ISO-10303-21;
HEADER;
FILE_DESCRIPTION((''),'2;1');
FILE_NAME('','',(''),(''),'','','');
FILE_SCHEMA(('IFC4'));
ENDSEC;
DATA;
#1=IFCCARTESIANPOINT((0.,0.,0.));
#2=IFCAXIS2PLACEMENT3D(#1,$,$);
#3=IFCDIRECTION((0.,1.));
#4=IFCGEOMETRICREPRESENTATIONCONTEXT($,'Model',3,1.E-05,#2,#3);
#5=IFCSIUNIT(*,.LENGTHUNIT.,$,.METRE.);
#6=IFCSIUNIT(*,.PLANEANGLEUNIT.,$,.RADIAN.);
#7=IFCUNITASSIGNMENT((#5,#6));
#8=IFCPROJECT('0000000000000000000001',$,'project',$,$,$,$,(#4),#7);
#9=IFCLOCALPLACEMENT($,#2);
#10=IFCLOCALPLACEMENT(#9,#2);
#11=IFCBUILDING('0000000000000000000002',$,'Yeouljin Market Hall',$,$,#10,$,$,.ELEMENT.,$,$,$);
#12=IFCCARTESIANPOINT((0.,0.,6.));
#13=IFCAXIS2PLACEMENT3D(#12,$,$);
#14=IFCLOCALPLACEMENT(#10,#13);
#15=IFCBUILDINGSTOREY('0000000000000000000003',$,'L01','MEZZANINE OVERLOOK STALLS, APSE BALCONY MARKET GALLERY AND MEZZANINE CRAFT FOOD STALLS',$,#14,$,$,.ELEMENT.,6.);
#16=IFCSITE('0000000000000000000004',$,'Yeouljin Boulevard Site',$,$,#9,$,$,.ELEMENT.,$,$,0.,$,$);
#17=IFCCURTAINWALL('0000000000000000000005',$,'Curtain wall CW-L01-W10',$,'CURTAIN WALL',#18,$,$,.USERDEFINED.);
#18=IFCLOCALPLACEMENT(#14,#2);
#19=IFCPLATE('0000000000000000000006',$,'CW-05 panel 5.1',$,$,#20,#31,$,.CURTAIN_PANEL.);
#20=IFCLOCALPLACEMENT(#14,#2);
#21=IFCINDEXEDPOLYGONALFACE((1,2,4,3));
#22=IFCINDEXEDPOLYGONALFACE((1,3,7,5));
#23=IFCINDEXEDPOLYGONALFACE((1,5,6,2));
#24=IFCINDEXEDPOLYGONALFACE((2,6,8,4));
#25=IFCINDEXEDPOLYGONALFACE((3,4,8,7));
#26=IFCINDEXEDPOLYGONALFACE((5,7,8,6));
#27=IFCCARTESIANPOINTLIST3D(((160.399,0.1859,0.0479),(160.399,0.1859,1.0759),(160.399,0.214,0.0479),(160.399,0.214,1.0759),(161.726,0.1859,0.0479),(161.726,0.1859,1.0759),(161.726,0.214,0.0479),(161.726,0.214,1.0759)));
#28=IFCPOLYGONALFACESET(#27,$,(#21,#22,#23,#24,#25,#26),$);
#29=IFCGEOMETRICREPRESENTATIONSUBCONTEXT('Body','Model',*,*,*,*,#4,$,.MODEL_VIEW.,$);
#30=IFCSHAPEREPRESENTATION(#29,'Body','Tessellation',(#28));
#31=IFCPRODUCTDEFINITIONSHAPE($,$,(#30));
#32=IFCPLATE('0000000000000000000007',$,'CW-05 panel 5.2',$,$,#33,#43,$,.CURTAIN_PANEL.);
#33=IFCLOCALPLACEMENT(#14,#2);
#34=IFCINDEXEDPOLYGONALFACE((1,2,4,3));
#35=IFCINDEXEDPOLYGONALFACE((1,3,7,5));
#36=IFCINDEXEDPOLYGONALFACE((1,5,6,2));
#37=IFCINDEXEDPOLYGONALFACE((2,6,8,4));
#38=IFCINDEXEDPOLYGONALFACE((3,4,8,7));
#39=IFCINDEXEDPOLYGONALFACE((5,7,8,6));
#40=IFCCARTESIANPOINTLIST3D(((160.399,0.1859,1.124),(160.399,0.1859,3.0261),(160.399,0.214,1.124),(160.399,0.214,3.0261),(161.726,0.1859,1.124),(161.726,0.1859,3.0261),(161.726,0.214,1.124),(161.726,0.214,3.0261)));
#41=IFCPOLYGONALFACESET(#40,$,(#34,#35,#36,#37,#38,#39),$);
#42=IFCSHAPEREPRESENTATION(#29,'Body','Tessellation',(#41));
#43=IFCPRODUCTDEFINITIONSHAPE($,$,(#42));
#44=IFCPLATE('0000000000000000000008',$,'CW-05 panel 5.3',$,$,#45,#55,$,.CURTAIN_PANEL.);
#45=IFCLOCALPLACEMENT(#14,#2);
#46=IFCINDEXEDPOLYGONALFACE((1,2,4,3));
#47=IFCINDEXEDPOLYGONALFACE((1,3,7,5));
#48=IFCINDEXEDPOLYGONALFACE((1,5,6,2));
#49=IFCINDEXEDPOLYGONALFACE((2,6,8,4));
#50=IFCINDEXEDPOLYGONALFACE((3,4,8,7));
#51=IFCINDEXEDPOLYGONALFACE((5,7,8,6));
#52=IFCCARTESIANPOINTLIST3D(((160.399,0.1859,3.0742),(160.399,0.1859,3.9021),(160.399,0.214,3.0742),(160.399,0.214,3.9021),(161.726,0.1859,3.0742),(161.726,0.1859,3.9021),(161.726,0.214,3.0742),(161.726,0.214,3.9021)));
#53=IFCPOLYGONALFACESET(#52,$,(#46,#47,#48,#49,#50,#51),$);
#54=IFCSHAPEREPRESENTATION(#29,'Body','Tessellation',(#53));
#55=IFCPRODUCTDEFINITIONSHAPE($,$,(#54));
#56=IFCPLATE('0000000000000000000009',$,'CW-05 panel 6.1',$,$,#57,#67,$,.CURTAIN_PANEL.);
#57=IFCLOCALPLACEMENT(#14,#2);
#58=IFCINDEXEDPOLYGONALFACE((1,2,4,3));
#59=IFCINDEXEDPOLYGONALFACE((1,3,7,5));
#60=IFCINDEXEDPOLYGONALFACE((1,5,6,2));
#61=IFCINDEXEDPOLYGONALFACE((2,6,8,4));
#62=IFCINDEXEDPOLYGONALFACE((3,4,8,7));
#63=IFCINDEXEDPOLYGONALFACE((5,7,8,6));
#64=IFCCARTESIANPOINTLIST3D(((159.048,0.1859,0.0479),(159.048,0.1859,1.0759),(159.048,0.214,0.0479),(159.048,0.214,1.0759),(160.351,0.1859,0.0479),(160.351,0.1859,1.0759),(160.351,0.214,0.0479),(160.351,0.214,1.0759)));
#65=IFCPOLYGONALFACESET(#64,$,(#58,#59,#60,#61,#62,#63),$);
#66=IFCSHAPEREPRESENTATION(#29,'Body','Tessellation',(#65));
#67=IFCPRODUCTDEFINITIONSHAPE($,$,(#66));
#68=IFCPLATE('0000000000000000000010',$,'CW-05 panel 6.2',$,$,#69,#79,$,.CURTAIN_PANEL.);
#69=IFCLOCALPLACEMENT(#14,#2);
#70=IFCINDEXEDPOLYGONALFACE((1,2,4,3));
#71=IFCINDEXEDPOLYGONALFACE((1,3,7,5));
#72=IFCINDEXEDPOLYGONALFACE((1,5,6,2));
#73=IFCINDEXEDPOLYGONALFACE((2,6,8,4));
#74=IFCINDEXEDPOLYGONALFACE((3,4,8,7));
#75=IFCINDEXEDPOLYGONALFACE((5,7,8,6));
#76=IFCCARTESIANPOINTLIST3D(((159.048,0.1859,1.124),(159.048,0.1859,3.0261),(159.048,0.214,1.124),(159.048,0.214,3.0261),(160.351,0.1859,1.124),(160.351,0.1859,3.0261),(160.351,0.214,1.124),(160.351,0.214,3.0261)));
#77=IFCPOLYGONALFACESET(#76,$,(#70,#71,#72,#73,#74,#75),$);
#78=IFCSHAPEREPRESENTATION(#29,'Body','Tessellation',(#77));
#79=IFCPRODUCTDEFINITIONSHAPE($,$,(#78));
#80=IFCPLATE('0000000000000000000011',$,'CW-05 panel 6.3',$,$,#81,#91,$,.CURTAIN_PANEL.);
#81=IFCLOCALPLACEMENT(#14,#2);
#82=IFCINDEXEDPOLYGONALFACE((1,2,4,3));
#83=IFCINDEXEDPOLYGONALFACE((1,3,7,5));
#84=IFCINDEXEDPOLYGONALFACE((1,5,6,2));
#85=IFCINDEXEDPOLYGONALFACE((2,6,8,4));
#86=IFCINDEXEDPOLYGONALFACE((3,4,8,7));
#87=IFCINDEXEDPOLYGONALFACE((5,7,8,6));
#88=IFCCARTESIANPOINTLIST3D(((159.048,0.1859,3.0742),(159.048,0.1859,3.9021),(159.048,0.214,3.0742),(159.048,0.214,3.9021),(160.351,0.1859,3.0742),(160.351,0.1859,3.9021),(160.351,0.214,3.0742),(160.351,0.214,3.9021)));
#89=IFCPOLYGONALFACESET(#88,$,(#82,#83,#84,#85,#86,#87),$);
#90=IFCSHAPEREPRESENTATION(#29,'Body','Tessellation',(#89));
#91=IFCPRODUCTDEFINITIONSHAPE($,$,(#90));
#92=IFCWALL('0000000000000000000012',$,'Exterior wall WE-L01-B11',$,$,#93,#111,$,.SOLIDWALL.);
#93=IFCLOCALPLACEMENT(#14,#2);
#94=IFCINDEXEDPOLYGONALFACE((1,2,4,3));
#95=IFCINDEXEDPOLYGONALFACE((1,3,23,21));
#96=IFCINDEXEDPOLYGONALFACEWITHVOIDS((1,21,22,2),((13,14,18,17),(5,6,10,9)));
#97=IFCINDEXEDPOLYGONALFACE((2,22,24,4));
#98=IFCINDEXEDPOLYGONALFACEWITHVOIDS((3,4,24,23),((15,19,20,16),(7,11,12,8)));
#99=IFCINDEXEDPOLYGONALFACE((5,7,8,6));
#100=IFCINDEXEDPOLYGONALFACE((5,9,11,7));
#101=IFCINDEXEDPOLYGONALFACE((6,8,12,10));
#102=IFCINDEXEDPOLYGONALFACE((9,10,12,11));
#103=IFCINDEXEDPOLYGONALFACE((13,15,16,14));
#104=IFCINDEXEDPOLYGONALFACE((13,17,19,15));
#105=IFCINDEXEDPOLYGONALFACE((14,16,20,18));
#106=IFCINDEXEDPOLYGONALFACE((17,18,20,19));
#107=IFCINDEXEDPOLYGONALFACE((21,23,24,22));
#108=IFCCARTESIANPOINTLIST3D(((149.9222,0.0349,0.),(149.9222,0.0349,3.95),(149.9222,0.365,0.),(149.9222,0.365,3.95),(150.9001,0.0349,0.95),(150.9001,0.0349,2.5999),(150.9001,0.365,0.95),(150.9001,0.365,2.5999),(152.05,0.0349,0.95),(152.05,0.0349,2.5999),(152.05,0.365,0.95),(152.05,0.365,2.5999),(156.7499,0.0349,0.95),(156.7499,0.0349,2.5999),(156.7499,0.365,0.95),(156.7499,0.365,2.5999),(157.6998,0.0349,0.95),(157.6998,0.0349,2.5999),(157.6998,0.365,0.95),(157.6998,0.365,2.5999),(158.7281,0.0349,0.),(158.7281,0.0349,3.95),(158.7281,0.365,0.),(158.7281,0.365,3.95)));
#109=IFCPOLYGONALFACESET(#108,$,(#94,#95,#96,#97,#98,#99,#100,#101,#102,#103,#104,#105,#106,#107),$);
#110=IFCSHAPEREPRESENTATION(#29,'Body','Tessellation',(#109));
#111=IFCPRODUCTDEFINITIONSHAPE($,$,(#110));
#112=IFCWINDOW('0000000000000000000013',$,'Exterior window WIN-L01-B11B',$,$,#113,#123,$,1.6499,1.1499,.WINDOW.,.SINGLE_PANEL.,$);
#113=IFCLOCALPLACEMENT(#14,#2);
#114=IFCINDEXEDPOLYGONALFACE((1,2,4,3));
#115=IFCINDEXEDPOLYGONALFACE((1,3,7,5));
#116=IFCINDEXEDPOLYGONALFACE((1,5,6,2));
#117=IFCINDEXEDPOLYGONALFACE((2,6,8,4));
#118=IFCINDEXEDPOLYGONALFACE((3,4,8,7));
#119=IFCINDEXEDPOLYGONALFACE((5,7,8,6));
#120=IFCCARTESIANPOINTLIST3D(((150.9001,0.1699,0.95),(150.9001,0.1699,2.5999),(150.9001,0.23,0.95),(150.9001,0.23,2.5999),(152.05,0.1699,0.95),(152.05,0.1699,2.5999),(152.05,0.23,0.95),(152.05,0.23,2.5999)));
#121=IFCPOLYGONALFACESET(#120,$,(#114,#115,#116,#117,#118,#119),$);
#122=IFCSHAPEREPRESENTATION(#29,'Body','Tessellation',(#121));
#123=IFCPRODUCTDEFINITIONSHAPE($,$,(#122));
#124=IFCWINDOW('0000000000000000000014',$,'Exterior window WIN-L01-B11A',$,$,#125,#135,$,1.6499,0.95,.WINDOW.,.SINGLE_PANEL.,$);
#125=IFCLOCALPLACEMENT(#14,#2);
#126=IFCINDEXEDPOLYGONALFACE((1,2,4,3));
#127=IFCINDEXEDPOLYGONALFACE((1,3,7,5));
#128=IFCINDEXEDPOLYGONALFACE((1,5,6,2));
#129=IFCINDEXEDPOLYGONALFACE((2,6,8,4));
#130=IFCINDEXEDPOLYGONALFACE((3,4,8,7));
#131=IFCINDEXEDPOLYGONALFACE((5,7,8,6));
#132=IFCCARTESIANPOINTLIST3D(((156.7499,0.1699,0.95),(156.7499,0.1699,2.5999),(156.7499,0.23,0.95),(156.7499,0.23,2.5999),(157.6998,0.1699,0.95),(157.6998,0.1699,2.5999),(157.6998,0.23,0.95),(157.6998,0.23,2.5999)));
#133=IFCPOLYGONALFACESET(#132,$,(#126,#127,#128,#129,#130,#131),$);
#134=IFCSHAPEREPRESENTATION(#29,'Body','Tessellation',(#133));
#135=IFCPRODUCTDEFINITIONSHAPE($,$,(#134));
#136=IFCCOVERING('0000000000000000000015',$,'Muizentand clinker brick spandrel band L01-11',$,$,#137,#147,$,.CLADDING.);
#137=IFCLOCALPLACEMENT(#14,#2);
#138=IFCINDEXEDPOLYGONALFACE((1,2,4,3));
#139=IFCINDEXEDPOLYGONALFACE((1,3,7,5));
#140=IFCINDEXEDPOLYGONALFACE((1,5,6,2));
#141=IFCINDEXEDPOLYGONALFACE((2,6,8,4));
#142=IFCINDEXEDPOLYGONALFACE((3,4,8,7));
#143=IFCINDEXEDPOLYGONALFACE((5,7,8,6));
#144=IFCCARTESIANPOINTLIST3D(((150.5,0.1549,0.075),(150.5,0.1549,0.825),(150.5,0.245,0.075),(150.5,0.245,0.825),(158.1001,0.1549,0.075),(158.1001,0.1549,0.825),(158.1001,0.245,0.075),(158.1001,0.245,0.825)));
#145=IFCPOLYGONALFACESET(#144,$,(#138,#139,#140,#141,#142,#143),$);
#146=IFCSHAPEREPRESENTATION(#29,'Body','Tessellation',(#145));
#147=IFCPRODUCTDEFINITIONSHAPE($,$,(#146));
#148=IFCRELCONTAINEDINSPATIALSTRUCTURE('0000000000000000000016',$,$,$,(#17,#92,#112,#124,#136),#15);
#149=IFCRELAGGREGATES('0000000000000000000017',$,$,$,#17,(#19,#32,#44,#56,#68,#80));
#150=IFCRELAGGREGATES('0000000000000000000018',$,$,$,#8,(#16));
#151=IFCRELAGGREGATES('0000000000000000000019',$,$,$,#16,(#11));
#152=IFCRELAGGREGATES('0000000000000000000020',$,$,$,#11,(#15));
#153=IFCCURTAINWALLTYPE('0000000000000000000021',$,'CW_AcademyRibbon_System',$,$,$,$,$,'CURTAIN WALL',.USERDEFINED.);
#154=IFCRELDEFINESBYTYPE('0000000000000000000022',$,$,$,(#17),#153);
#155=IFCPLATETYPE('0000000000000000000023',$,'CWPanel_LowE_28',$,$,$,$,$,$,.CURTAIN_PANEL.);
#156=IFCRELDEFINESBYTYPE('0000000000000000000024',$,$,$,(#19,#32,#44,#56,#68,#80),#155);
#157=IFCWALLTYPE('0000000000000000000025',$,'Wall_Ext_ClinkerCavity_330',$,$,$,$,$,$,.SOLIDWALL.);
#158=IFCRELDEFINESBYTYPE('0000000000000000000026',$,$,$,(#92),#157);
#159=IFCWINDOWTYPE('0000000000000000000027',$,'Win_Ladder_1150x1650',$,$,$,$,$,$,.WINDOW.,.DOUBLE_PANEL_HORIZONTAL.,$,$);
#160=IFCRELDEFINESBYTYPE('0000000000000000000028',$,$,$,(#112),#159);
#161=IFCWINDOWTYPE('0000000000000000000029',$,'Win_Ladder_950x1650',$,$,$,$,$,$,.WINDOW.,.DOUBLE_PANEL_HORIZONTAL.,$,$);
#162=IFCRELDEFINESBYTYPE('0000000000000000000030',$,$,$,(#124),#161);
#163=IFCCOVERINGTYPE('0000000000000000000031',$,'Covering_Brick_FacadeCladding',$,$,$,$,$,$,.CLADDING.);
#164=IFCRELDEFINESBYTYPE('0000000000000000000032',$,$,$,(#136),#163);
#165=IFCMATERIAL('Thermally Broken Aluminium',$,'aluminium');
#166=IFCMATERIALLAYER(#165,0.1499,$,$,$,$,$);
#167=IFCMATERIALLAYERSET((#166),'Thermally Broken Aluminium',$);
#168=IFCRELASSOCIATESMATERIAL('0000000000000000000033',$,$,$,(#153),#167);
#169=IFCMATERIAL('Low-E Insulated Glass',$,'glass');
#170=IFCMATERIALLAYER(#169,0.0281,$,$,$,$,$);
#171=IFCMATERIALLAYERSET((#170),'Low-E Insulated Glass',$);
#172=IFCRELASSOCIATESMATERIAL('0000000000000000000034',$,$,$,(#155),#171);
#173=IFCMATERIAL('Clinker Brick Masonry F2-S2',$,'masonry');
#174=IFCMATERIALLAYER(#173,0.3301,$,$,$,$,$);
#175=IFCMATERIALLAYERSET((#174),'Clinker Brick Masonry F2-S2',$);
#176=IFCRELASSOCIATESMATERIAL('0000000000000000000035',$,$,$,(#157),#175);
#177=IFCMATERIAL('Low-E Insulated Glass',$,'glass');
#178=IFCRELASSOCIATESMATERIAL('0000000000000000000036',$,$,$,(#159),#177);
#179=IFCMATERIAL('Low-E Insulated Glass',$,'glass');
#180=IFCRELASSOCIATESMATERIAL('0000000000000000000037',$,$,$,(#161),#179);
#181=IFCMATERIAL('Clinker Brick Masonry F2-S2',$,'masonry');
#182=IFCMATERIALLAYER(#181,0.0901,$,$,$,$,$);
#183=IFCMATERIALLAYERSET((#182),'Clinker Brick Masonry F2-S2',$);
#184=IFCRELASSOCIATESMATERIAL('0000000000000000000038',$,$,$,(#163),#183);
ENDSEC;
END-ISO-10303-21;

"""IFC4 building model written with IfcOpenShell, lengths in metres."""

from ifc_helpers import new_model, si_unit, direction, frame, frame_2d, origin, origin_2d, place, context, subcontext, project, spatial, rectangle, extrude, material, layer, layer_set, type_object, element, fill, aggregate, save


model = new_model("IFC4")

# Units and contexts
model_context = context("Model", 3, precision=1e-05, world=origin(), true_north=direction((0.0, 1.0)))
body_context = subcontext(model_context, "Body", "Model", "MODEL_VIEW")
ifc_project = project(units=[si_unit("LENGTHUNIT", "METRE"), si_unit("PLANEANGLEUNIT", "RADIAN")], contexts=[model_context])

# Site, building, storey
site_placement = place(None, origin())
site = spatial("IfcSite", under=ifc_project, at=site_placement, Name="Yeouljin Boulevard Site", CompositionType="ELEMENT", RefElevation=0.0)
building_placement = place(site_placement, origin())
building = spatial("IfcBuilding", under=site, at=building_placement, Name="Yeouljin Market Hall", CompositionType="ELEMENT")
storey_placement = place(building_placement, frame((0.0, 0.0, 6.0)))
storey = spatial("IfcBuildingStorey", under=building, at=storey_placement, Name="L01", Description="MEZZANINE OVERLOOK STALLS, APSE BALCONY MARKET GALLERY AND MEZZANINE CRAFT FOOD STALLS", CompositionType="ELEMENT", Elevation=6.0)

# Curtain wall
ifc_material_1 = material(Name="Thermally Broken Aluminium", Category="aluminium")
ifc_layer_1 = layer(ifc_material_1, 0.1499)
ifc_layer_set_1 = layer_set([ifc_layer_1], Name="Thermally Broken Aluminium")
curtain_wall_type = type_object("IfcCurtainWallType", Name="CW_AcademyRibbon_System", ElementType="CURTAIN WALL", PredefinedType="USERDEFINED", material=ifc_layer_set_1)
curtain_wall_placement = place(storey_placement, origin())
curtain_wall = element("IfcCurtainWall", 1, at=curtain_wall_placement, inside=storey, type_object=curtain_wall_type, Name="Curtain wall CW-L01-W10", ObjectType="CURTAIN WALL", PredefinedType="USERDEFINED")

# Plates
ifc_material_2 = material(Name="Low-E Insulated Glass", Category="glass")
ifc_layer_2 = layer(ifc_material_2, 0.0281)
ifc_layer_set_2 = layer_set([ifc_layer_2], Name="Low-E Insulated Glass")
plate_type = type_object("IfcPlateType", Name="CWPanel_LowE_28", PredefinedType="CURTAIN_PANEL", material=ifc_layer_set_2)
plate_1_placement = place(storey_placement, frame((161.0625, 0.2, 0.0479), z_axis=(0.0, 0.0, 1.0), x_axis=(-1.0, 0.0, 0.0)))
plate_1 = element("IfcPlate", 2, at=plate_1_placement, type_object=plate_type, Name="CW-05 panel 5.1", PredefinedType="CURTAIN_PANEL", context=body_context, shape_type="SweptSolid", body=[
    extrude(rectangle(XDim=1.3269, YDim=0.0281, at=origin_2d()), origin(), (0.0, 0.0, 1.0), 1.0281),
])
plate_2_placement = place(storey_placement, frame((161.0625, 0.2, 1.124), z_axis=(0.0, 0.0, 1.0), x_axis=(-1.0, 0.0, 0.0)))
plate_2 = element("IfcPlate", 3, at=plate_2_placement, type_object=plate_type, Name="CW-05 panel 5.2", PredefinedType="CURTAIN_PANEL", context=body_context, shape_type="SweptSolid", body=[
    extrude(rectangle(XDim=1.3269, YDim=0.0281, at=origin_2d()), origin(), (0.0, 0.0, 1.0), 1.9021),
])
plate_3_placement = place(storey_placement, frame((161.0625, 0.2, 3.0742), z_axis=(0.0, 0.0, 1.0), x_axis=(-1.0, 0.0, 0.0)))
plate_3 = element("IfcPlate", 4, at=plate_3_placement, type_object=plate_type, Name="CW-05 panel 5.3", PredefinedType="CURTAIN_PANEL", context=body_context, shape_type="SweptSolid", body=[
    extrude(rectangle(XDim=1.3269, YDim=0.0281, at=origin_2d()), origin(), (0.0, 0.0, 1.0), 0.8279),
])
plate_4_placement = place(storey_placement, frame((159.6995, 0.2, 0.0479), z_axis=(0.0, 0.0, 1.0), x_axis=(-1.0, 0.0, 0.0)))
plate_4 = element("IfcPlate", 5, at=plate_4_placement, type_object=plate_type, Name="CW-05 panel 6.1", PredefinedType="CURTAIN_PANEL", context=body_context, shape_type="SweptSolid", body=[
    extrude(rectangle(XDim=1.303, YDim=0.0281, at=origin_2d()), origin(), (0.0, 0.0, 1.0), 1.0281),
])
plate_5_placement = place(storey_placement, frame((159.6995, 0.2, 1.124), z_axis=(0.0, 0.0, 1.0), x_axis=(-1.0, 0.0, 0.0)))
plate_5 = element("IfcPlate", 6, at=plate_5_placement, type_object=plate_type, Name="CW-05 panel 6.2", PredefinedType="CURTAIN_PANEL", context=body_context, shape_type="SweptSolid", body=[
    extrude(rectangle(XDim=1.303, YDim=0.0281, at=origin_2d()), origin(), (0.0, 0.0, 1.0), 1.9021),
])
plate_6_placement = place(storey_placement, frame((159.6995, 0.2, 3.0742), z_axis=(0.0, 0.0, 1.0), x_axis=(-1.0, 0.0, 0.0)))
plate_6 = element("IfcPlate", 7, at=plate_6_placement, type_object=plate_type, Name="CW-05 panel 6.3", PredefinedType="CURTAIN_PANEL", context=body_context, shape_type="SweptSolid", body=[
    extrude(rectangle(XDim=1.303, YDim=0.0281, at=origin_2d()), origin(), (0.0, 0.0, 1.0), 0.8279),
])
aggregate(curtain_wall, [plate_1, plate_2, plate_3, plate_4, plate_5, plate_6])

# Wall, openings, windows
ifc_material_3 = material(Name="Clinker Brick Masonry F2-S2", Category="masonry")
ifc_layer_3 = layer(ifc_material_3, 0.3301)
ifc_layer_set_3 = layer_set([ifc_layer_3], Name="Clinker Brick Masonry F2-S2")
wall_type = type_object("IfcWallType", Name="Wall_Ext_ClinkerCavity_330", PredefinedType="SOLIDWALL", material=ifc_layer_set_3)
wall_placement = place(storey_placement, frame((158.728, 0.2, 0.0), z_axis=(0.0, 0.0, 1.0), x_axis=(-1.0, 0.0, 0.0)))
wall = element("IfcWall", 8, at=wall_placement, inside=storey, type_object=wall_type, Name="Exterior wall WE-L01-B11", PredefinedType="SOLIDWALL", context=body_context, shape_type="SweptSolid", body=[
    extrude(rectangle(XDim=8.8059, YDim=0.3301, at=frame_2d((4.4028, 0.0))), origin(), (0.0, 0.0, 1.0), 3.95),
])
opening_1_placement = place(wall_placement, frame((1.0281, 0.0, 0.95)))
opening_1 = element("IfcOpeningElement", 9, at=opening_1_placement, cuts=wall, PredefinedType="OPENING", context=body_context, shape_type="SweptSolid", body=[
    extrude(rectangle(XDim=0.95, YDim=1.6499, at=frame_2d((0.4751, 0.825))), frame((0.0, 0.175, 0.0), z_axis=(0.0, -1.0, 0.0), x_axis=(1.0, 0.0, 0.0)), (0.0, 0.0, 1.0), 0.3501),
])
opening_2_placement = place(wall_placement, frame((6.678, 0.0, 0.95)))
opening_2 = element("IfcOpeningElement", 10, at=opening_2_placement, cuts=wall, PredefinedType="OPENING", context=body_context, shape_type="SweptSolid", body=[
    extrude(rectangle(XDim=1.1499, YDim=1.6499, at=frame_2d((0.575, 0.825))), frame((0.0, 0.175, 0.0), z_axis=(0.0, -1.0, 0.0), x_axis=(1.0, 0.0, 0.0)), (0.0, 0.0, 1.0), 0.3501),
])
ifc_material_4 = material(Name="Low-E Insulated Glass", Category="glass")
window_type_1 = type_object("IfcWindowType", Name="Win_Ladder_1150x1650", PartitioningType="DOUBLE_PANEL_HORIZONTAL", PredefinedType="WINDOW", material=ifc_material_4)
window_1_placement = place(opening_2_placement, origin())
window_1 = element("IfcWindow", 11, at=window_1_placement, inside=storey, type_object=window_type_1, Name="Exterior window WIN-L01-B11B", OverallHeight=1.6499, OverallWidth=1.1499, PartitioningType="SINGLE_PANEL", PredefinedType="WINDOW", context=body_context, shape_type="SweptSolid", body=[
    extrude(rectangle(XDim=1.1499, YDim=1.6499, at=frame_2d((0.575, 0.825))), frame((0.0, 0.03, 0.0), z_axis=(0.0, -1.0, 0.0), x_axis=(1.0, 0.0, 0.0)), (0.0, 0.0, 1.0), 0.0601),
])
fill(opening_2, window_1)
ifc_material_5 = material(Name="Low-E Insulated Glass", Category="glass")
window_type_2 = type_object("IfcWindowType", Name="Win_Ladder_950x1650", PartitioningType="DOUBLE_PANEL_HORIZONTAL", PredefinedType="WINDOW", material=ifc_material_5)
window_2_placement = place(opening_1_placement, origin())
window_2 = element("IfcWindow", 12, at=window_2_placement, inside=storey, type_object=window_type_2, Name="Exterior window WIN-L01-B11A", OverallHeight=1.6499, OverallWidth=0.95, PartitioningType="SINGLE_PANEL", PredefinedType="WINDOW", context=body_context, shape_type="SweptSolid", body=[
    extrude(rectangle(XDim=0.95, YDim=1.6499, at=frame_2d((0.4751, 0.825))), frame((0.0, 0.03, 0.0), z_axis=(0.0, -1.0, 0.0), x_axis=(1.0, 0.0, 0.0)), (0.0, 0.0, 1.0), 0.0601),
])
fill(opening_1, window_2)

# Covering
ifc_material_6 = material(Name="Clinker Brick Masonry F2-S2", Category="masonry")
ifc_layer_4 = layer(ifc_material_6, 0.0901)
ifc_layer_set_4 = layer_set([ifc_layer_4], Name="Clinker Brick Masonry F2-S2")
covering_type = type_object("IfcCoveringType", Name="Covering_Brick_FacadeCladding", PredefinedType="CLADDING", material=ifc_layer_set_4)
covering_placement = place(storey_placement, frame((154.3, 0.2, 0.075), z_axis=(0.0, 0.0, 1.0), x_axis=(-1.0, 0.0, 0.0)))
element("IfcCovering", 13, at=covering_placement, inside=storey, type_object=covering_type, Name="Muizentand clinker brick spandrel band L01-11", PredefinedType="CLADDING", context=body_context, shape_type="SweptSolid", body=[
    extrude(rectangle(XDim=7.6001, YDim=0.0901, at=origin_2d()), origin(), (0.0, 0.0, 1.0), 0.75),
])

save(model, "model.ifc")
